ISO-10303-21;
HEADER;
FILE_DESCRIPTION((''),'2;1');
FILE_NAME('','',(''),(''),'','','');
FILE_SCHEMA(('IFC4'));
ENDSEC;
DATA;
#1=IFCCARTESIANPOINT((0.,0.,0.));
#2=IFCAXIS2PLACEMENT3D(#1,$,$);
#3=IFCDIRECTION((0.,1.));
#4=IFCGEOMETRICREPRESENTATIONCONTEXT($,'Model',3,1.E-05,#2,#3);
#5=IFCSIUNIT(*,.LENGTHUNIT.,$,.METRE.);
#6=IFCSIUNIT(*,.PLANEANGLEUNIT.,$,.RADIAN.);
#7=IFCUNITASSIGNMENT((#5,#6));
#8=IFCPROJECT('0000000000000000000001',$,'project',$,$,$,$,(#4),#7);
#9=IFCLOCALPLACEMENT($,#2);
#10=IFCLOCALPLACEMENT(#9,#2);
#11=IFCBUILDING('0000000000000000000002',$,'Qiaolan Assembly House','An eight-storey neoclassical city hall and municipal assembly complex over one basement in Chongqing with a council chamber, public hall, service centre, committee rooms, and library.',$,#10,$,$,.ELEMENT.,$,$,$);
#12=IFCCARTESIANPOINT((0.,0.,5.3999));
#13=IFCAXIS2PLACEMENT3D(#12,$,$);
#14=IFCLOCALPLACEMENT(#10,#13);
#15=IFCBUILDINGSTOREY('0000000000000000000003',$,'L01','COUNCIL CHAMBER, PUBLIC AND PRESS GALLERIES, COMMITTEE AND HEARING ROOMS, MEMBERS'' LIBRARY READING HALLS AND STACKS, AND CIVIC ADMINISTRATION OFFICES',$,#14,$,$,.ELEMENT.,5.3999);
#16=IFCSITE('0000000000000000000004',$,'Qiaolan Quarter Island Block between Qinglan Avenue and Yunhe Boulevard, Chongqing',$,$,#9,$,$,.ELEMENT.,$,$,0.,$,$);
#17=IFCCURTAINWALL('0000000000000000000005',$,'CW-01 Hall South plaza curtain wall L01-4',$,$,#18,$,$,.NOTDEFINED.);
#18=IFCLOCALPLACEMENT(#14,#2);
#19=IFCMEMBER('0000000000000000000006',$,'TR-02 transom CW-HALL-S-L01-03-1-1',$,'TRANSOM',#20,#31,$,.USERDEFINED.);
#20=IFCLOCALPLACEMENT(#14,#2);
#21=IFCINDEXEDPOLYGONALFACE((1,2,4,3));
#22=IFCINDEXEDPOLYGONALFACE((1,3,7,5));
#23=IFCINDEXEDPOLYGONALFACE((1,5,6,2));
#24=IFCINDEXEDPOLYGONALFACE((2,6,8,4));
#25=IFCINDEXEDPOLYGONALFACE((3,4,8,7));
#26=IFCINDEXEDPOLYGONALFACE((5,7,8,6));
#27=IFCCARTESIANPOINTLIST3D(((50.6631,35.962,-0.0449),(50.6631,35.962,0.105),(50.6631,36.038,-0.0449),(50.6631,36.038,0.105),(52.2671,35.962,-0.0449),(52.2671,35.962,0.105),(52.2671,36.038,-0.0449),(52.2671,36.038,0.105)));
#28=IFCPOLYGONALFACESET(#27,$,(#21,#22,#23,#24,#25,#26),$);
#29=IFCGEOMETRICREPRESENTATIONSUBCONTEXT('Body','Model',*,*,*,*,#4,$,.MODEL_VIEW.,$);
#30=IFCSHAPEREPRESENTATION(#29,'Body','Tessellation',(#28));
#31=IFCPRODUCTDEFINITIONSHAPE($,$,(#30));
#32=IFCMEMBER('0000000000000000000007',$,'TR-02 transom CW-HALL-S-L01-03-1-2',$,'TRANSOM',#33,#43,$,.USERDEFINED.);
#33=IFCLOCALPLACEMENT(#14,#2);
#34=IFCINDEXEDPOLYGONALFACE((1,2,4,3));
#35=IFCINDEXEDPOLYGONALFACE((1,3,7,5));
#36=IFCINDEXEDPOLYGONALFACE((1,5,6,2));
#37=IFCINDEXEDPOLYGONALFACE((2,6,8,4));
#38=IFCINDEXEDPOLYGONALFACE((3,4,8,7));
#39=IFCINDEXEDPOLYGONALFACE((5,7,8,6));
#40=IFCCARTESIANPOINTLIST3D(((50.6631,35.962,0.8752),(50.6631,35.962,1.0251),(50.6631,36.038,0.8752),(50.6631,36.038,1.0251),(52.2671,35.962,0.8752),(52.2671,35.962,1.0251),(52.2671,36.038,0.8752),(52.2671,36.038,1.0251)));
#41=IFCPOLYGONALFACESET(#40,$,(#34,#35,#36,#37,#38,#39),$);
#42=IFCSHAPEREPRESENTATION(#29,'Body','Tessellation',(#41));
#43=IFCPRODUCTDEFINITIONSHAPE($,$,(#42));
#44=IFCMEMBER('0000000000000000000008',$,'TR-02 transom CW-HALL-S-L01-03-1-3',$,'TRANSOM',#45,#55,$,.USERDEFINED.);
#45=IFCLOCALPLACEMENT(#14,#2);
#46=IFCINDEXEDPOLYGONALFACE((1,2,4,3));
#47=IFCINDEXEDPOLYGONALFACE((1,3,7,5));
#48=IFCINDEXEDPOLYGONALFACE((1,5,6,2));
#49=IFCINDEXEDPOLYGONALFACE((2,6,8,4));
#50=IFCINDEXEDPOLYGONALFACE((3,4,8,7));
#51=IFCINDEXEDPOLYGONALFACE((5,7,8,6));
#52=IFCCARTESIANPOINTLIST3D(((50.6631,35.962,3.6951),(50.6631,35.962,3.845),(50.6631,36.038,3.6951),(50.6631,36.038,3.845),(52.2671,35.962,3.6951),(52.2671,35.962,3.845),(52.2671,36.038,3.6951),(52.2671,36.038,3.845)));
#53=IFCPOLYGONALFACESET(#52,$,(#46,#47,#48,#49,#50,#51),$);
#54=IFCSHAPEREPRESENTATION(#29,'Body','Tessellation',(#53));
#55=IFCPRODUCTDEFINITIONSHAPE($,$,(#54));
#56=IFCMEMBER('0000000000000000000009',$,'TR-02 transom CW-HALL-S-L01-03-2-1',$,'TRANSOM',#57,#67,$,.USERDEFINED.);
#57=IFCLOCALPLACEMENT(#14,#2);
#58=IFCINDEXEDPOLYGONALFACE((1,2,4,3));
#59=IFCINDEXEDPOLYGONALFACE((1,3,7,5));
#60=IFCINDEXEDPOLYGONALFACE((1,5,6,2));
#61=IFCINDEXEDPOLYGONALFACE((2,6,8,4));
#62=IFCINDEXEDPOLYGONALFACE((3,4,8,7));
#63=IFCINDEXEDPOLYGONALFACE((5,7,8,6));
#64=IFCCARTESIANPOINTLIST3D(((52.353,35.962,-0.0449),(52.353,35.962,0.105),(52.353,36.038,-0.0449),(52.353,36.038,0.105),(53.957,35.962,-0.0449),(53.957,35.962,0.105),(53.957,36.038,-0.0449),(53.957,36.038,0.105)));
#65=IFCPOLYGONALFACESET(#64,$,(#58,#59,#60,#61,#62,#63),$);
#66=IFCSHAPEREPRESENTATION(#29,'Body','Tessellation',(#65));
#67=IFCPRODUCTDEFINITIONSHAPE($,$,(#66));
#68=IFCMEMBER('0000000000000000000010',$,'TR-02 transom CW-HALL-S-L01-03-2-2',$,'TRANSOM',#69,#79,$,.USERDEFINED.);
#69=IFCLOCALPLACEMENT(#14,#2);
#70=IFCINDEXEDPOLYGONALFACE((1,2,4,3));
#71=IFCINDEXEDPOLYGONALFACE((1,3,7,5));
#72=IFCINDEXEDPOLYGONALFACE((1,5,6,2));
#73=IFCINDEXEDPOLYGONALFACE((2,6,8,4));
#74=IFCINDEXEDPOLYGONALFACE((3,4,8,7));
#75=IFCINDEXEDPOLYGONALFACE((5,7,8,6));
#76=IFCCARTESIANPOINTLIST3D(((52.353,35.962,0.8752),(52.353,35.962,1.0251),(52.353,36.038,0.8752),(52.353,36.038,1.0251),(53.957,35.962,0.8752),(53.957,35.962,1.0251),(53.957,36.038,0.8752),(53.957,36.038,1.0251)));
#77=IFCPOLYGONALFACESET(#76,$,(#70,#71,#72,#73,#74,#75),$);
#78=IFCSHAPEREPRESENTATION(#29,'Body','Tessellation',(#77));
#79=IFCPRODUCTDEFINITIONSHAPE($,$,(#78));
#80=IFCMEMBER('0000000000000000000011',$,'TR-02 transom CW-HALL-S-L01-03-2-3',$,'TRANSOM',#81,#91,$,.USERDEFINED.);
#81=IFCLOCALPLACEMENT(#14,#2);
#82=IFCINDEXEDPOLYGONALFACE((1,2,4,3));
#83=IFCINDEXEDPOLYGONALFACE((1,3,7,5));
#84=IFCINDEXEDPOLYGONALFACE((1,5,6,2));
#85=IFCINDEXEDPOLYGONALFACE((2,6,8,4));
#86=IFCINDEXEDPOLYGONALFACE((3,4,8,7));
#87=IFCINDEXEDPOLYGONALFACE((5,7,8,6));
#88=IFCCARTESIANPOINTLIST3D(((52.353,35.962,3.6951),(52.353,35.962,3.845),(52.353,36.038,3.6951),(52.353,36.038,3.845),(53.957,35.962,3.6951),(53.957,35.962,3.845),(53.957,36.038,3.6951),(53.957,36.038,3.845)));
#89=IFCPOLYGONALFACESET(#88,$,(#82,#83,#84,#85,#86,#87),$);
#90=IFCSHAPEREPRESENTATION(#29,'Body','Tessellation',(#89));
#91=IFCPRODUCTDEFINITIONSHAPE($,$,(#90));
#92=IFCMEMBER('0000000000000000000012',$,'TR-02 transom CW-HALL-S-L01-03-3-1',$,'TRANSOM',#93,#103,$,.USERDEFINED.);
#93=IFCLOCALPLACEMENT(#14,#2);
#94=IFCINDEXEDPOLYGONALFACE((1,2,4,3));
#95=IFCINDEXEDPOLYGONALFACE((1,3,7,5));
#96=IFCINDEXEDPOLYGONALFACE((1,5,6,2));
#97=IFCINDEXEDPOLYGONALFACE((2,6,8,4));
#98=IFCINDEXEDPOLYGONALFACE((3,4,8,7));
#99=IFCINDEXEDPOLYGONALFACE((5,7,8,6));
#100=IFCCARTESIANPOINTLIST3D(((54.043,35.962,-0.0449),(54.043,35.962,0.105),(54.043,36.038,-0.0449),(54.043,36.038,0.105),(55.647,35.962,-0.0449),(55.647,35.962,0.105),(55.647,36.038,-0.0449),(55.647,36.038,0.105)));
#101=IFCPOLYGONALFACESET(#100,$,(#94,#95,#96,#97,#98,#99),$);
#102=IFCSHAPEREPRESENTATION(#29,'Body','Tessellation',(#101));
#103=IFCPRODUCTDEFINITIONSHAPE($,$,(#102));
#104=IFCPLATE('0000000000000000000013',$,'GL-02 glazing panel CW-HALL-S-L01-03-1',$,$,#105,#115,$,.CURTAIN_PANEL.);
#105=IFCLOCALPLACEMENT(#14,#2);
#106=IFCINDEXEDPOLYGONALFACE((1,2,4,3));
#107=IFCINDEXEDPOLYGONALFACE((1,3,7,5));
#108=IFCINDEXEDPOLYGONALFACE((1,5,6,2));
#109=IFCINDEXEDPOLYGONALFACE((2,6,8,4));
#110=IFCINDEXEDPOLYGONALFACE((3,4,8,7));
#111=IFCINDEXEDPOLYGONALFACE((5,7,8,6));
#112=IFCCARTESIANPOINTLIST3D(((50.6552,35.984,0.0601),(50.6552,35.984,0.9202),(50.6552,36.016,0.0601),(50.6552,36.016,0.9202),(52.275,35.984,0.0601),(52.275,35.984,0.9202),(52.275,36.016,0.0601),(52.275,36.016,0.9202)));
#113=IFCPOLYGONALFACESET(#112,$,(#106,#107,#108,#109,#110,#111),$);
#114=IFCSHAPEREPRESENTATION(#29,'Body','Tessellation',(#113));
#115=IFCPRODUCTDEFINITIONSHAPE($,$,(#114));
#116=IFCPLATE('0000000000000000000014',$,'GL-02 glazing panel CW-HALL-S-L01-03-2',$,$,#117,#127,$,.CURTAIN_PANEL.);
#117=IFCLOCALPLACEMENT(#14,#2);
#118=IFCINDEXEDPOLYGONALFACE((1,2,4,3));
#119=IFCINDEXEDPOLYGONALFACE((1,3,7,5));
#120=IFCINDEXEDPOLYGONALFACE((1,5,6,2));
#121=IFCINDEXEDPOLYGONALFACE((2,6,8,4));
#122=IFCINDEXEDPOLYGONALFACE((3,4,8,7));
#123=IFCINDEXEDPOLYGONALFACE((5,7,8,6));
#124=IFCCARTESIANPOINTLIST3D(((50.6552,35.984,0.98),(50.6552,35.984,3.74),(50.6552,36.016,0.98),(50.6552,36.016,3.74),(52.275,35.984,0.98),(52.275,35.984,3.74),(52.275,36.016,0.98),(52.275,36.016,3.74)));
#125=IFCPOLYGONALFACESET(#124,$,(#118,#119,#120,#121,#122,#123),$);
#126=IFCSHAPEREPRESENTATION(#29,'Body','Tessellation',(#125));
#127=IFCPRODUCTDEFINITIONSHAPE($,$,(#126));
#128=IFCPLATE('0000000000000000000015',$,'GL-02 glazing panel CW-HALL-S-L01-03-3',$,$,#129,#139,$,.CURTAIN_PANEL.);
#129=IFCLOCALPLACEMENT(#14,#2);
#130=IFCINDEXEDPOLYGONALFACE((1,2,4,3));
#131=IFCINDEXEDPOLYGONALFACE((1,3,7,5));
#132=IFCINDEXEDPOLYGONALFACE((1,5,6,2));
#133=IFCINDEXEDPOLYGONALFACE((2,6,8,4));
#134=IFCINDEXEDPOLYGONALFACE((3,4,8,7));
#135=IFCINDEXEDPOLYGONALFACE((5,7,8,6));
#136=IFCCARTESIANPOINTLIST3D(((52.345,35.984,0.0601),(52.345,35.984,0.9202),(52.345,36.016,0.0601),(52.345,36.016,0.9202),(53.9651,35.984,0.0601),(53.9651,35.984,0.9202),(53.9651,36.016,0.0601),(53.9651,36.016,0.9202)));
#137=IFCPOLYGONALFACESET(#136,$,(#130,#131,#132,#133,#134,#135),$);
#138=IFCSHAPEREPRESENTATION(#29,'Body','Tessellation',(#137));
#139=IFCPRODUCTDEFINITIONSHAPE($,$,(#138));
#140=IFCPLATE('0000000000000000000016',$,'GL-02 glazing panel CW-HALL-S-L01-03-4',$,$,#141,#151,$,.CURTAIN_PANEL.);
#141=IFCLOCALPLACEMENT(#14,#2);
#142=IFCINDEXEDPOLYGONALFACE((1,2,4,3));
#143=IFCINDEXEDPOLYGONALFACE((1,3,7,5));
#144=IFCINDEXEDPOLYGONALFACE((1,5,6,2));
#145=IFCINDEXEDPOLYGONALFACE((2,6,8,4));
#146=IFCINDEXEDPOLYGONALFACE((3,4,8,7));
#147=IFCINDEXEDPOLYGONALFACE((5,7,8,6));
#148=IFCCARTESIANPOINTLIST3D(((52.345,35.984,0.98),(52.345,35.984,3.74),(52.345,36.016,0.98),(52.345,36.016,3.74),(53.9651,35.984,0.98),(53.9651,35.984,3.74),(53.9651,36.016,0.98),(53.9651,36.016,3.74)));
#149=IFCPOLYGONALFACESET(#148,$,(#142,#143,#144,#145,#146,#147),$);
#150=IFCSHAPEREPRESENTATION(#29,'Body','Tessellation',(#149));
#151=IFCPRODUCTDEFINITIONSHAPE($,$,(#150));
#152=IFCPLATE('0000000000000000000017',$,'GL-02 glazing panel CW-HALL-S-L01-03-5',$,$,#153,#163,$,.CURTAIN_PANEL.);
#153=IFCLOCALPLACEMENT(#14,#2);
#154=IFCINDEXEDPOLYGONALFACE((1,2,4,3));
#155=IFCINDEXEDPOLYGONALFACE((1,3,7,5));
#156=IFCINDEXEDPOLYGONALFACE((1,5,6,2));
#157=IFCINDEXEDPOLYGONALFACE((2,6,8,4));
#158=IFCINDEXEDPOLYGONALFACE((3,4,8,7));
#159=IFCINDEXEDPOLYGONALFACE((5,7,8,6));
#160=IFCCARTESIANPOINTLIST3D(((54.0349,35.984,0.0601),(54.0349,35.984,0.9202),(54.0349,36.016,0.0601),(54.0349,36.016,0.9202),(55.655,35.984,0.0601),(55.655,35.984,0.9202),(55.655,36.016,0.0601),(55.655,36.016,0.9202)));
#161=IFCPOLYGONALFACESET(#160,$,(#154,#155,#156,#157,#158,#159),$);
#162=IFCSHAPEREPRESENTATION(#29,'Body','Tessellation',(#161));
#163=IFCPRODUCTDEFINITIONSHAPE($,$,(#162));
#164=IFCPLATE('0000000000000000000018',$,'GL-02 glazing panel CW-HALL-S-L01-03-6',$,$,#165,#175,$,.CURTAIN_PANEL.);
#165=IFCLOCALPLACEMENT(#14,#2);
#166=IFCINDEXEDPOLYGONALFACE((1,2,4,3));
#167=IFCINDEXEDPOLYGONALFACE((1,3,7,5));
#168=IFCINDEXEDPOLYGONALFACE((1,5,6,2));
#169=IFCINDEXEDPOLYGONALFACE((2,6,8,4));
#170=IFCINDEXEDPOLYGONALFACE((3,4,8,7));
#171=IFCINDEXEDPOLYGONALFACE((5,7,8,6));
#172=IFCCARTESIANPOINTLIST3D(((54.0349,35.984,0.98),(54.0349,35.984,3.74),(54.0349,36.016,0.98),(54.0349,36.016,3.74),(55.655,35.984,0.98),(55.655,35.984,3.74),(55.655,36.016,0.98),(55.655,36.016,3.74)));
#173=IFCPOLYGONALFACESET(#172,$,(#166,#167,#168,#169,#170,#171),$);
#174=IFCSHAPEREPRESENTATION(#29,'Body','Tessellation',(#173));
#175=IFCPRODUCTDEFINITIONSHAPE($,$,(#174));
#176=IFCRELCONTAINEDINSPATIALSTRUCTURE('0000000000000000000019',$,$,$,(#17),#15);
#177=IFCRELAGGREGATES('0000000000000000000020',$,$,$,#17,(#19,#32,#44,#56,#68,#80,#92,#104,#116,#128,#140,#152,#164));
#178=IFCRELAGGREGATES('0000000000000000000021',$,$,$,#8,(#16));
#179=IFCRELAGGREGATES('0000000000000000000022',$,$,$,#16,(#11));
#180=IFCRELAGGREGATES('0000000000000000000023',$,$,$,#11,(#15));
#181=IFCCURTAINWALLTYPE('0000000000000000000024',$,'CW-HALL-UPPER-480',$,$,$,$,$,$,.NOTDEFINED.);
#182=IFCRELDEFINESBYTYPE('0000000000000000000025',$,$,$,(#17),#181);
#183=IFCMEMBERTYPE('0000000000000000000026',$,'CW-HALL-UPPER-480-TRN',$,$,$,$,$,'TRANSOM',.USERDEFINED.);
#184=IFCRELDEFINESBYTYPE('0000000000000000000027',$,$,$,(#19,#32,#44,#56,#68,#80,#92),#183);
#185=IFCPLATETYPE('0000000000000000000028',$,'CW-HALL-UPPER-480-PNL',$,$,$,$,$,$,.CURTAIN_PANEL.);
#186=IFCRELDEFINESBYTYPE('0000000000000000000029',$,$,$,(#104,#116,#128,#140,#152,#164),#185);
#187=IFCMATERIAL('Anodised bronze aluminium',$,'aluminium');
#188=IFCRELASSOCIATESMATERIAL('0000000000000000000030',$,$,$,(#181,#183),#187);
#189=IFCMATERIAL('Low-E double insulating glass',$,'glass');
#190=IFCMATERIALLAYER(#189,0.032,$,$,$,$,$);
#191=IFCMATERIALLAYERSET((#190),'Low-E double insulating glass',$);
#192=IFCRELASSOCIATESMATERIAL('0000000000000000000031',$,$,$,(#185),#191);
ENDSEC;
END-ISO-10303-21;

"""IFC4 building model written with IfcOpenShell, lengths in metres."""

from ifc_helpers import new_model, si_unit, direction, frame, frame_2d, origin, origin_2d, place, context, subcontext, project, spatial, rectangle, extrude, material, layer, layer_set, material_profile, profile_set, type_object, element, aggregate, save


model = new_model("IFC4")

# Units and contexts
model_context = context("Model", 3, precision=1e-05, world=origin(), true_north=direction((0.0, 1.0)))
body_context = subcontext(model_context, "Body", "Model", "MODEL_VIEW")
ifc_project = project(units=[si_unit("LENGTHUNIT", "METRE"), si_unit("PLANEANGLEUNIT", "RADIAN")], contexts=[model_context])

# Site, building, storey
site_placement = place(None, origin())
site = spatial("IfcSite", under=ifc_project, at=site_placement, Name="Qiaolan Quarter Island Block between Qinglan Avenue and Yunhe Boulevard, Chongqing", CompositionType="ELEMENT", RefElevation=0.0)
building_placement = place(site_placement, origin())
building = spatial("IfcBuilding", under=site, at=building_placement, Name="Qiaolan Assembly House", Description="An eight-storey neoclassical city hall and municipal assembly complex over one basement in Chongqing with a council chamber, public hall, service centre, committee rooms, and library.", CompositionType="ELEMENT")
storey_placement = place(building_placement, frame((0.0, 0.0, 5.3999)))
storey = spatial("IfcBuildingStorey", under=building, at=storey_placement, Name="L01", Description="COUNCIL CHAMBER, PUBLIC AND PRESS GALLERIES, COMMITTEE AND HEARING ROOMS, MEMBERS' LIBRARY READING HALLS AND STACKS, AND CIVIC ADMINISTRATION OFFICES", CompositionType="ELEMENT", Elevation=5.3999)

# Shared definitions
ifc_material_1 = material(Name="Anodised bronze aluminium", Category="aluminium")
curtain_wall_type = type_object("IfcCurtainWallType", Name="CW-HALL-UPPER-480", PredefinedType="NOTDEFINED", material=ifc_material_1)

# Curtain wall, members, plates
curtain_wall_1_placement = place(storey_placement, origin())
curtain_wall_1 = element("IfcCurtainWall", 1, at=curtain_wall_1_placement, inside=storey, type_object=curtain_wall_type, Name="CW-01 Hall South plaza curtain wall L01-4", PredefinedType="NOTDEFINED")
ifc_material_profile_1 = material_profile(ifc_material_1, rectangle(XDim=0.0759, YDim=0.1499, at=origin_2d()), Name="TRN 76x150")
ifc_profile_set_1 = profile_set([ifc_material_profile_1], Name="Anodised bronze aluminium")
member_type_1 = type_object("IfcMemberType", Name="CW-HALL-UPPER-480-TRN", ElementType="TRANSOM", PredefinedType="USERDEFINED", material=ifc_profile_set_1)
member_1_placement = place(storey_placement, frame((50.6631, 36.0, 0.03), z_axis=(1.0, 0.0, 0.0), x_axis=(0.0, 1.0, 0.0)))
member_1 = element("IfcMember", 2, at=member_1_placement, type_object=member_type_1, Name="TR-02 transom CW-HALL-S-L01-03-1-1", ObjectType="TRANSOM", PredefinedType="USERDEFINED", context=body_context, shape_type="SweptSolid", body=[
    extrude(rectangle(XDim=0.0759, YDim=0.1499, at=origin_2d()), origin(), (0.0, 0.0, 1.0), 1.604),
])
member_2_placement = place(storey_placement, frame((50.6631, 36.0, 0.9502), z_axis=(1.0, 0.0, 0.0), x_axis=(0.0, 1.0, 0.0)))
member_2 = element("IfcMember", 3, at=member_2_placement, type_object=member_type_1, Name="TR-02 transom CW-HALL-S-L01-03-1-2", ObjectType="TRANSOM", PredefinedType="USERDEFINED", context=body_context, shape_type="SweptSolid", body=[
    extrude(rectangle(XDim=0.0759, YDim=0.1499, at=origin_2d()), origin(), (0.0, 0.0, 1.0), 1.604),
])
member_3_placement = place(storey_placement, frame((50.6631, 36.0, 3.77), z_axis=(1.0, 0.0, 0.0), x_axis=(0.0, 1.0, 0.0)))
member_3 = element("IfcMember", 4, at=member_3_placement, type_object=member_type_1, Name="TR-02 transom CW-HALL-S-L01-03-1-3", ObjectType="TRANSOM", PredefinedType="USERDEFINED", context=body_context, shape_type="SweptSolid", body=[
    extrude(rectangle(XDim=0.0759, YDim=0.1499, at=origin_2d()), origin(), (0.0, 0.0, 1.0), 1.604),
])
member_4_placement = place(storey_placement, frame((52.353, 36.0, 0.03), z_axis=(1.0, 0.0, 0.0), x_axis=(0.0, 1.0, 0.0)))
member_4 = element("IfcMember", 5, at=member_4_placement, type_object=member_type_1, Name="TR-02 transom CW-HALL-S-L01-03-2-1", ObjectType="TRANSOM", PredefinedType="USERDEFINED", context=body_context, shape_type="SweptSolid", body=[
    extrude(rectangle(XDim=0.0759, YDim=0.1499, at=origin_2d()), origin(), (0.0, 0.0, 1.0), 1.604),
])
member_5_placement = place(storey_placement, frame((52.353, 36.0, 0.9502), z_axis=(1.0, 0.0, 0.0), x_axis=(0.0, 1.0, 0.0)))
member_5 = element("IfcMember", 6, at=member_5_placement, type_object=member_type_1, Name="TR-02 transom CW-HALL-S-L01-03-2-2", ObjectType="TRANSOM", PredefinedType="USERDEFINED", context=body_context, shape_type="SweptSolid", body=[
    extrude(rectangle(XDim=0.0759, YDim=0.1499, at=origin_2d()), origin(), (0.0, 0.0, 1.0), 1.604),
])
member_6_placement = place(storey_placement, frame((52.353, 36.0, 3.77), z_axis=(1.0, 0.0, 0.0), x_axis=(0.0, 1.0, 0.0)))
member_6 = element("IfcMember", 7, at=member_6_placement, type_object=member_type_1, Name="TR-02 transom CW-HALL-S-L01-03-2-3", ObjectType="TRANSOM", PredefinedType="USERDEFINED", context=body_context, shape_type="SweptSolid", body=[
    extrude(rectangle(XDim=0.0759, YDim=0.1499, at=origin_2d()), origin(), (0.0, 0.0, 1.0), 1.604),
])
member_7_placement = place(storey_placement, frame((54.043, 36.0, 0.03), z_axis=(1.0, 0.0, 0.0), x_axis=(0.0, 1.0, 0.0)))
member_7 = element("IfcMember", 8, at=member_7_placement, type_object=member_type_1, Name="TR-02 transom CW-HALL-S-L01-03-3-1", ObjectType="TRANSOM", PredefinedType="USERDEFINED", context=body_context, shape_type="SweptSolid", body=[
    extrude(rectangle(XDim=0.0759, YDim=0.1499, at=origin_2d()), origin(), (0.0, 0.0, 1.0), 1.604),
])
ifc_material_2 = material(Name="Low-E double insulating glass", Category="glass")
ifc_layer_1 = layer(ifc_material_2, 0.032)
ifc_layer_set_1 = layer_set([ifc_layer_1], Name="Low-E double insulating glass")
plate_type = type_object("IfcPlateType", Name="CW-HALL-UPPER-480-PNL", PredefinedType="CURTAIN_PANEL", material=ifc_layer_set_1)
plate_1_placement = place(storey_placement, frame((50.655, 36.0, 0.0601), z_axis=(0.0, 0.0, 1.0), x_axis=(1.0, 0.0, 0.0)))
plate_1 = element("IfcPlate", 9, at=plate_1_placement, type_object=plate_type, Name="GL-02 glazing panel CW-HALL-S-L01-03-1", PredefinedType="CURTAIN_PANEL", context=body_context, shape_type="SweptSolid", body=[
    extrude(rectangle(XDim=1.6199, YDim=0.032, at=frame_2d((0.8101, 0.0))), origin(), (0.0, 0.0, 1.0), 0.8601),
])
plate_2_placement = place(storey_placement, frame((50.655, 36.0, 0.98), z_axis=(0.0, 0.0, 1.0), x_axis=(1.0, 0.0, 0.0)))
plate_2 = element("IfcPlate", 10, at=plate_2_placement, type_object=plate_type, Name="GL-02 glazing panel CW-HALL-S-L01-03-2", PredefinedType="CURTAIN_PANEL", context=body_context, shape_type="SweptSolid", body=[
    extrude(rectangle(XDim=1.6199, YDim=0.032, at=frame_2d((0.8101, 0.0))), origin(), (0.0, 0.0, 1.0), 2.76),
])
plate_3_placement = place(storey_placement, frame((52.345, 36.0, 0.0601), z_axis=(0.0, 0.0, 1.0), x_axis=(1.0, 0.0, 0.0)))
plate_3 = element("IfcPlate", 11, at=plate_3_placement, type_object=plate_type, Name="GL-02 glazing panel CW-HALL-S-L01-03-3", PredefinedType="CURTAIN_PANEL", context=body_context, shape_type="SweptSolid", body=[
    extrude(rectangle(XDim=1.6201, YDim=0.032, at=frame_2d((0.8101, 0.0))), origin(), (0.0, 0.0, 1.0), 0.8601),
])
plate_4_placement = place(storey_placement, frame((52.345, 36.0, 0.98), z_axis=(0.0, 0.0, 1.0), x_axis=(1.0, 0.0, 0.0)))
plate_4 = element("IfcPlate", 12, at=plate_4_placement, type_object=plate_type, Name="GL-02 glazing panel CW-HALL-S-L01-03-4", PredefinedType="CURTAIN_PANEL", context=body_context, shape_type="SweptSolid", body=[
    extrude(rectangle(XDim=1.6201, YDim=0.032, at=frame_2d((0.8101, 0.0))), origin(), (0.0, 0.0, 1.0), 2.76),
])
plate_5_placement = place(storey_placement, frame((54.0349, 36.0, 0.0601), z_axis=(0.0, 0.0, 1.0), x_axis=(1.0, 0.0, 0.0)))
plate_5 = element("IfcPlate", 13, at=plate_5_placement, type_object=plate_type, Name="GL-02 glazing panel CW-HALL-S-L01-03-5", PredefinedType="CURTAIN_PANEL", context=body_context, shape_type="SweptSolid", body=[
    extrude(rectangle(XDim=1.6201, YDim=0.032, at=frame_2d((0.8101, 0.0))), origin(), (0.0, 0.0, 1.0), 0.8601),
])
plate_6_placement = place(storey_placement, frame((54.0349, 36.0, 0.98), z_axis=(0.0, 0.0, 1.0), x_axis=(1.0, 0.0, 0.0)))
plate_6 = element("IfcPlate", 14, at=plate_6_placement, type_object=plate_type, Name="GL-02 glazing panel CW-HALL-S-L01-03-6", PredefinedType="CURTAIN_PANEL", context=body_context, shape_type="SweptSolid", body=[
    extrude(rectangle(XDim=1.6201, YDim=0.032, at=frame_2d((0.8101, 0.0))), origin(), (0.0, 0.0, 1.0), 2.76),
])
aggregate(curtain_wall_1, [member_1, member_2, member_3, member_4, member_5, member_6, member_7, plate_1, plate_2, plate_3, plate_4, plate_5, plate_6])

save(model, "model.ifc")
